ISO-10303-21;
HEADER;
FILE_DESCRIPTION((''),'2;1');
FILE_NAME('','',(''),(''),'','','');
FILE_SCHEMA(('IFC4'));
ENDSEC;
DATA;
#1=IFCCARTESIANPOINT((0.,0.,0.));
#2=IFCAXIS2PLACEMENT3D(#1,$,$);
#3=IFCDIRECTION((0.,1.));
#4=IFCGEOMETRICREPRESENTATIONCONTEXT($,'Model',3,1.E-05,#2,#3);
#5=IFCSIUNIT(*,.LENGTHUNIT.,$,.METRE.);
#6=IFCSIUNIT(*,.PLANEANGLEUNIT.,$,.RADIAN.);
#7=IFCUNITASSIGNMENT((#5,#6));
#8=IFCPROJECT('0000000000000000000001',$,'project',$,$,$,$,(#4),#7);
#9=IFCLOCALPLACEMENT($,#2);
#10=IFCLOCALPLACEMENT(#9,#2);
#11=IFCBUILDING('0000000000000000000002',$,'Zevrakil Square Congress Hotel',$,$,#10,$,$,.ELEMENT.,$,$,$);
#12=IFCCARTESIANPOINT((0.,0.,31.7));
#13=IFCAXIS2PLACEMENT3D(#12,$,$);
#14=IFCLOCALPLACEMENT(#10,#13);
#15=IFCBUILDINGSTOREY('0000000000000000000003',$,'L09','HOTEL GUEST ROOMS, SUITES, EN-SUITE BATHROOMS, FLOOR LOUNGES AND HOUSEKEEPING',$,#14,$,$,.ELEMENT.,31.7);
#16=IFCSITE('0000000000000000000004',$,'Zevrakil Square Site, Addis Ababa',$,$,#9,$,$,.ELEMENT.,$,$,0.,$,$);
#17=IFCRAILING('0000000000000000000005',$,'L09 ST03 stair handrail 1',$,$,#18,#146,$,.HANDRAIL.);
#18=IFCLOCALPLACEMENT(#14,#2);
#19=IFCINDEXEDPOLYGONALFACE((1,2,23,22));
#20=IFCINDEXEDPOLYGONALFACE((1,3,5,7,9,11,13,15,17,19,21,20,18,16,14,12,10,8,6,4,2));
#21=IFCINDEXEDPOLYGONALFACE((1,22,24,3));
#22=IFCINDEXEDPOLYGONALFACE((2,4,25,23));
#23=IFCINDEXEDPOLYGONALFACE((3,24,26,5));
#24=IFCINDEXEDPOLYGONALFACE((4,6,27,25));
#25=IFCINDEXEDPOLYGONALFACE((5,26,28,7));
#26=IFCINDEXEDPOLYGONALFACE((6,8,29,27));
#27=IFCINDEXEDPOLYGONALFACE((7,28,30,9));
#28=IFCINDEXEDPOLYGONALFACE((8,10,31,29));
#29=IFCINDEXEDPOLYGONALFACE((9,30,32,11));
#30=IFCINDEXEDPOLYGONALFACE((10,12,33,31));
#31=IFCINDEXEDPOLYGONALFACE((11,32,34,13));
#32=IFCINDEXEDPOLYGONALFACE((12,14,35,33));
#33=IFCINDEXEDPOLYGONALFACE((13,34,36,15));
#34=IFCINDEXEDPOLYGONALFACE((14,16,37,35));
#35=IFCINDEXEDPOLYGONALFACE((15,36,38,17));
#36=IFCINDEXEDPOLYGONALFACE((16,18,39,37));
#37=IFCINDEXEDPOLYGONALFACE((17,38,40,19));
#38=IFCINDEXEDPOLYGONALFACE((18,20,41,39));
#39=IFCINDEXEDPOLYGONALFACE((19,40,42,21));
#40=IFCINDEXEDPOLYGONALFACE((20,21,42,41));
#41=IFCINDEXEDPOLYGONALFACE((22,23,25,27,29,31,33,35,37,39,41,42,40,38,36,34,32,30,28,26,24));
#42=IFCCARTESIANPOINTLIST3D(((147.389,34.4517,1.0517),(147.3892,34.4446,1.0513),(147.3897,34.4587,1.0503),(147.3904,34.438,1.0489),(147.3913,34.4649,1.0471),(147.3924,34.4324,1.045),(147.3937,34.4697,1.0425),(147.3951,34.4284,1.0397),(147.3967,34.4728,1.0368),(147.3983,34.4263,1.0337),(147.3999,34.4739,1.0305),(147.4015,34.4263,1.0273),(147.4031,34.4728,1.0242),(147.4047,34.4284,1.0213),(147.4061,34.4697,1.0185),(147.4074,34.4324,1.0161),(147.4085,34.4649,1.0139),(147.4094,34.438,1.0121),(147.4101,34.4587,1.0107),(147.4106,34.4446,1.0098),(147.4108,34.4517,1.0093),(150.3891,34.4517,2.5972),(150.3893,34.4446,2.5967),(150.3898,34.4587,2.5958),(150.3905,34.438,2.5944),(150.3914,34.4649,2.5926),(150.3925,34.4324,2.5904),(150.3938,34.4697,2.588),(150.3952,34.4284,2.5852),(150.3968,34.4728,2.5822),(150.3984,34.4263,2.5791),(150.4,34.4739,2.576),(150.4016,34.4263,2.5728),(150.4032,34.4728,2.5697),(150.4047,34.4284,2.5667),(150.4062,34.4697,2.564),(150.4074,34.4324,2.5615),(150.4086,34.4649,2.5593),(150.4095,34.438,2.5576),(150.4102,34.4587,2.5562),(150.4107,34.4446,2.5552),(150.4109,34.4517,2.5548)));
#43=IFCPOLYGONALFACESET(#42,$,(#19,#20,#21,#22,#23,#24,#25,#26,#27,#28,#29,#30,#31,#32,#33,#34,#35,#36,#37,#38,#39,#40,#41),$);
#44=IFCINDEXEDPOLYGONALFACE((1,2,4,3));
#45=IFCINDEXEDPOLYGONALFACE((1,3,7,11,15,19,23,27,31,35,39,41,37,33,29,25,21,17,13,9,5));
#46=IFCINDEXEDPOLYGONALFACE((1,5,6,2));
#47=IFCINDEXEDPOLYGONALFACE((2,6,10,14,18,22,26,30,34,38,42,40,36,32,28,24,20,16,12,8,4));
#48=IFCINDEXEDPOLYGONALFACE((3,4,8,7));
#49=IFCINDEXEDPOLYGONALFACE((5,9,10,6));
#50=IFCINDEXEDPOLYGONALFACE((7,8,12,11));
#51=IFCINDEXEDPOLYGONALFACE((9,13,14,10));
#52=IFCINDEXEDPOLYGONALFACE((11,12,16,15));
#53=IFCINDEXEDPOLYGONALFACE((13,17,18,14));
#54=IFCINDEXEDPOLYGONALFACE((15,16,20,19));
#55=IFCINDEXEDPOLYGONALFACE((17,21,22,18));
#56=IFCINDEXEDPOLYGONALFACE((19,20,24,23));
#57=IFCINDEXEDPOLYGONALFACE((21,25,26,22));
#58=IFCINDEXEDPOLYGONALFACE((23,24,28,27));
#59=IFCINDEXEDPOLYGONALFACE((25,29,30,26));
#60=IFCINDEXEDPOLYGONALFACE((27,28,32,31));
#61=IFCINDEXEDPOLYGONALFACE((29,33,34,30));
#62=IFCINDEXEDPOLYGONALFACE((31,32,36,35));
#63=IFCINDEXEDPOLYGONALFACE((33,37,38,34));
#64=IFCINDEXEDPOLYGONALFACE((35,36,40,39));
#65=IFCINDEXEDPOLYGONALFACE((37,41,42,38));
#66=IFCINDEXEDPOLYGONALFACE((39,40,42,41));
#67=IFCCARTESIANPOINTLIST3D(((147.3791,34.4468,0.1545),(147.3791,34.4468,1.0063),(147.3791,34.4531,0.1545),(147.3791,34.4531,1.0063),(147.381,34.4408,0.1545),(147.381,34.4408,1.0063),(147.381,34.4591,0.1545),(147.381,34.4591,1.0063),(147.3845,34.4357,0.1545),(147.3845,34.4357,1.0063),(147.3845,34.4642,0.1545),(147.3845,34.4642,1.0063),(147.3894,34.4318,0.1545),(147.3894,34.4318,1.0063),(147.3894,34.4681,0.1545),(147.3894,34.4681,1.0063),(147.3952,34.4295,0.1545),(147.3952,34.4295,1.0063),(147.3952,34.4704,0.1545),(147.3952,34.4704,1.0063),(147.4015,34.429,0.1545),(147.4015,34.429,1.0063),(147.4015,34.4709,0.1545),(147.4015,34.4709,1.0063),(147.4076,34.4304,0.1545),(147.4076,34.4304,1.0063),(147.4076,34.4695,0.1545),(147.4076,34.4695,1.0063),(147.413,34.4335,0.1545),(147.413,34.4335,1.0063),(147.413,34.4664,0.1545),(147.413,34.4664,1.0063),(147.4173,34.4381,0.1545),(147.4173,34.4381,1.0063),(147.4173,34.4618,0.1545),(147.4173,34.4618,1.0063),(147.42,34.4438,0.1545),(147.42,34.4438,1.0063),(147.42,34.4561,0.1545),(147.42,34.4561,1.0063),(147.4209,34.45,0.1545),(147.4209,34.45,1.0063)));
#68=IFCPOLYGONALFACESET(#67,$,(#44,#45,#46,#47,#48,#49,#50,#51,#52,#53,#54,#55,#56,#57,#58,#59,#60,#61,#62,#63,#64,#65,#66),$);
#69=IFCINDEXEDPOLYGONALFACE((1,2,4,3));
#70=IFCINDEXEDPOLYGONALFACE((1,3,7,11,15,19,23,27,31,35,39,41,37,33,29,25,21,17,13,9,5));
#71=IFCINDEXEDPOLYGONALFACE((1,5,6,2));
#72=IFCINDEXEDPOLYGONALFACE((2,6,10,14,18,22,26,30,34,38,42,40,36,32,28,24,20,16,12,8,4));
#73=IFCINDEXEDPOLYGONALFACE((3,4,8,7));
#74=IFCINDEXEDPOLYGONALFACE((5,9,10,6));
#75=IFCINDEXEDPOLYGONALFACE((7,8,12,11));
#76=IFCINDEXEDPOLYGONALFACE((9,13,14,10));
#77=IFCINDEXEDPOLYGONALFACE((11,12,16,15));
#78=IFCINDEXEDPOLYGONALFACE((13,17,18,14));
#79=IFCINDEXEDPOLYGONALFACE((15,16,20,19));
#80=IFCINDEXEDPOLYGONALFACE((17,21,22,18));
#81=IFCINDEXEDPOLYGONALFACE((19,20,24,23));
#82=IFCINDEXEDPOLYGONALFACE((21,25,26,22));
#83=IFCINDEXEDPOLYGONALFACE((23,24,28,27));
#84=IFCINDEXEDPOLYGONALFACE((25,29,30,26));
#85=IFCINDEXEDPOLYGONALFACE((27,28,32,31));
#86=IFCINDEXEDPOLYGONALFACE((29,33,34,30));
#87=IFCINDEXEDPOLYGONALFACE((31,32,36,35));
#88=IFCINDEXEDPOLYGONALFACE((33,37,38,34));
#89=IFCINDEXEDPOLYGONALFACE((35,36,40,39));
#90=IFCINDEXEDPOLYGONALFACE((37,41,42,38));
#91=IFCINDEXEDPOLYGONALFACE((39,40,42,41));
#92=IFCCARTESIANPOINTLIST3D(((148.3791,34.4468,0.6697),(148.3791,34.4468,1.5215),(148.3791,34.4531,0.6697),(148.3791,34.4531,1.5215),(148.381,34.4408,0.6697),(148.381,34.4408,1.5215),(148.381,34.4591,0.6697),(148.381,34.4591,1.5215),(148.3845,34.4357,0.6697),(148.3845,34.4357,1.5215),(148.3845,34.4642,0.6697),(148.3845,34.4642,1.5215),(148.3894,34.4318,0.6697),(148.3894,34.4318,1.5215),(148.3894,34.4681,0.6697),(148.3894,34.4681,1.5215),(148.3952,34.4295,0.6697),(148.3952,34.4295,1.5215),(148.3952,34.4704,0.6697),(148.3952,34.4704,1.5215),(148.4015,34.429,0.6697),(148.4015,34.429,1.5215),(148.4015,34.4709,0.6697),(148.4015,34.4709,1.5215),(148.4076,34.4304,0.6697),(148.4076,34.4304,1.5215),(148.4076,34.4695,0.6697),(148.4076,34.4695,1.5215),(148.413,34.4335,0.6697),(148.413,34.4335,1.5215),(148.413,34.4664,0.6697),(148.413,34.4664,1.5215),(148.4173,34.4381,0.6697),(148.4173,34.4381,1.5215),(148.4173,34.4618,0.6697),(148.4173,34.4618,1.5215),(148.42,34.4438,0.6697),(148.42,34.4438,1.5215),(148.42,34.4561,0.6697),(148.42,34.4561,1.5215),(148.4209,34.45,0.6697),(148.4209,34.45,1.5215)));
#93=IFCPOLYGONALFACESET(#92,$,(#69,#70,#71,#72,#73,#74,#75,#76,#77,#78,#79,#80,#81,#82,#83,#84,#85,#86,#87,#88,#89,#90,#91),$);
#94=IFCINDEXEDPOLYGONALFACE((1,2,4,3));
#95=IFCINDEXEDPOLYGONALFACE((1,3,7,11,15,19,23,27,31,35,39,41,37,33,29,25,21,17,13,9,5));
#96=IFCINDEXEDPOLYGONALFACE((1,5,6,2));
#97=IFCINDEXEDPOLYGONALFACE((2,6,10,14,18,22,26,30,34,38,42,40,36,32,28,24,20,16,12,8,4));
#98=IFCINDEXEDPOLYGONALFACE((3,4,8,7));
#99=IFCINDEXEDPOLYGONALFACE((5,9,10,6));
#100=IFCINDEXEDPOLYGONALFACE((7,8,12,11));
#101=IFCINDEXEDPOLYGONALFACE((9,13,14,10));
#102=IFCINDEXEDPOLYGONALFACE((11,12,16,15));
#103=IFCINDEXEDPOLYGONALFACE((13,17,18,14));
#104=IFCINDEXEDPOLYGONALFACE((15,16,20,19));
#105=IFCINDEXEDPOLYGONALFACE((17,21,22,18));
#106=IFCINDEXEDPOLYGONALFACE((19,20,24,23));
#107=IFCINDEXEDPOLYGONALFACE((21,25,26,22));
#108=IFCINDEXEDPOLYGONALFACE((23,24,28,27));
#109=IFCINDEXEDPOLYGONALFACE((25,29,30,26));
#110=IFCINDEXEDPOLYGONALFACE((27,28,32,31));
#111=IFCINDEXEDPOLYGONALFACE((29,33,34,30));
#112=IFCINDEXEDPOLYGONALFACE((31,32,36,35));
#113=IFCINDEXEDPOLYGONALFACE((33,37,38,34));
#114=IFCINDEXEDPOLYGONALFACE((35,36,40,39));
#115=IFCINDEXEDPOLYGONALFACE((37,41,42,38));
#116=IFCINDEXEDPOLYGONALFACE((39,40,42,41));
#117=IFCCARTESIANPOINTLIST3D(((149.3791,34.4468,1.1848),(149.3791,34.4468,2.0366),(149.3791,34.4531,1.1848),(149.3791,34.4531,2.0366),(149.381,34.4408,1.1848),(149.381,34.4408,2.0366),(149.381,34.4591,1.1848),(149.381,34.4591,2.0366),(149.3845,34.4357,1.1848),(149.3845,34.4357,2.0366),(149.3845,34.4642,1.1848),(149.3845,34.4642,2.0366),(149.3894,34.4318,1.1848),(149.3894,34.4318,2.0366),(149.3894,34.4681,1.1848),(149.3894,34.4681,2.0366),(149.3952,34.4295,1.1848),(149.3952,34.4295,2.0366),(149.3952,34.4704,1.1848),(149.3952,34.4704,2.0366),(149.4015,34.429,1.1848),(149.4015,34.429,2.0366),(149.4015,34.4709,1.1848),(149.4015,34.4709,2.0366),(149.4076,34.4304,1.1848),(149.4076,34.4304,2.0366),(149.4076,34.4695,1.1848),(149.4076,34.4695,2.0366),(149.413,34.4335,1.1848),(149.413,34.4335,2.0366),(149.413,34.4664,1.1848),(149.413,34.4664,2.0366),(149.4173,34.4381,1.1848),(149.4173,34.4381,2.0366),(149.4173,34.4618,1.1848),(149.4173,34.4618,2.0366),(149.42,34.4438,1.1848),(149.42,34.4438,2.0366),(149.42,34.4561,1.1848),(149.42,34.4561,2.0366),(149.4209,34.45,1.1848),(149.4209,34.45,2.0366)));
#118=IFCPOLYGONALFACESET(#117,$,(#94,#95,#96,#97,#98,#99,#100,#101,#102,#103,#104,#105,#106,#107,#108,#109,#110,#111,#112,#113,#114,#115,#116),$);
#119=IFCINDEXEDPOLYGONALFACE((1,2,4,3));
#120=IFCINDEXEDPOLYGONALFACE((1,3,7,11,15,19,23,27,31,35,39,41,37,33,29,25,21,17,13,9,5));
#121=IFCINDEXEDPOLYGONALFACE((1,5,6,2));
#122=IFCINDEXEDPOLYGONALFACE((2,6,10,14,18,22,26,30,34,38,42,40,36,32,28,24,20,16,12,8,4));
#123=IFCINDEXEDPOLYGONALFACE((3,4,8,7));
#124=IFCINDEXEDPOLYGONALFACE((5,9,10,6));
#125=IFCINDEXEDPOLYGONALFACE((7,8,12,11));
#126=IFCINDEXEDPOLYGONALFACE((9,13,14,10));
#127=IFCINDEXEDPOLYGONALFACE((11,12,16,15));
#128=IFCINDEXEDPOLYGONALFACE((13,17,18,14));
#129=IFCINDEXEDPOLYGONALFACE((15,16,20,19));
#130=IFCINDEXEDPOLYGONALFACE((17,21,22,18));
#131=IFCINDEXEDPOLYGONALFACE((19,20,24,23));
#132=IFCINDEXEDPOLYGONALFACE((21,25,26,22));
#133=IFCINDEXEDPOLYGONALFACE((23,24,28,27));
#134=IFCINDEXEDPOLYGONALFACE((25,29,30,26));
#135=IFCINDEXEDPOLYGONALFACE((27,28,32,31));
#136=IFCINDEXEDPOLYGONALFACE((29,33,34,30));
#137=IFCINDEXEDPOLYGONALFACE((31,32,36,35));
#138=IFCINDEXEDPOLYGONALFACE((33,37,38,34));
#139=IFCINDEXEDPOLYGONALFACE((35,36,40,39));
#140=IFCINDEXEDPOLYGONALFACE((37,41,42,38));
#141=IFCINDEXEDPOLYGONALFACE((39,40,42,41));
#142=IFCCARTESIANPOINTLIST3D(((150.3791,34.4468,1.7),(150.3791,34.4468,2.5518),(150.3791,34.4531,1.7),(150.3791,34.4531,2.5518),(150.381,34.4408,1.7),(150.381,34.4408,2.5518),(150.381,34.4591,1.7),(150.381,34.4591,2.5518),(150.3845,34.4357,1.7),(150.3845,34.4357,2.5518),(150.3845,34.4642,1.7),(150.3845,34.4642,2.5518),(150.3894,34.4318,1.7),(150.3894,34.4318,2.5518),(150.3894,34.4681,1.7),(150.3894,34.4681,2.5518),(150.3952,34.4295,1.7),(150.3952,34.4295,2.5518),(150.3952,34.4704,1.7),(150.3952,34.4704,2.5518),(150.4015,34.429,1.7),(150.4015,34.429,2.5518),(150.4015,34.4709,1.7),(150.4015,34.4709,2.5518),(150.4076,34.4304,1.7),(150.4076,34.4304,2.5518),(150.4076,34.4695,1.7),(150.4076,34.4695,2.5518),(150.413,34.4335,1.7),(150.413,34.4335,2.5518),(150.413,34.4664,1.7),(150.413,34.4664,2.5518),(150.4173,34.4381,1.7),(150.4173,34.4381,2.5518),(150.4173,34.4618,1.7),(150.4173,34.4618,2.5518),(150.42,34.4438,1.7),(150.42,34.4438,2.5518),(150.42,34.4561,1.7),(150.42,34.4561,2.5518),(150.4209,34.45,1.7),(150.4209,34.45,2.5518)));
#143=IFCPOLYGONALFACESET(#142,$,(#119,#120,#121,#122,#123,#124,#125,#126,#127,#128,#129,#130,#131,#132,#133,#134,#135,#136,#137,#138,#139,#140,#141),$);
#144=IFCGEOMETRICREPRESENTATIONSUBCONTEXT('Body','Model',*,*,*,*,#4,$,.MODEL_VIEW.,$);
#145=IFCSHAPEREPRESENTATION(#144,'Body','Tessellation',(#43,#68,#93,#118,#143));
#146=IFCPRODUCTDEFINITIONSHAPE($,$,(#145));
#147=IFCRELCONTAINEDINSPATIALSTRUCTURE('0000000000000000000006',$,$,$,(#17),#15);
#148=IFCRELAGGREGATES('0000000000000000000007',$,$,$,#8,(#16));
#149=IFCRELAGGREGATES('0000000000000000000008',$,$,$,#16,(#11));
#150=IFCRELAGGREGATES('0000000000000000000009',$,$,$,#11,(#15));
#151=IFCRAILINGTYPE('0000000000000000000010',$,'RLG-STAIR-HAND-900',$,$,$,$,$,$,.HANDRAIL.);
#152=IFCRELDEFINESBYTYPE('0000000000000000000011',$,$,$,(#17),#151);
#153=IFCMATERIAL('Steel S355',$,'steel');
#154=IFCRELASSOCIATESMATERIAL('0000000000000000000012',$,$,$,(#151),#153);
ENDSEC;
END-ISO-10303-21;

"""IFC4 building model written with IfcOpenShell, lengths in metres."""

from ifc_helpers import new_model, si_unit, direction, frame, origin, origin_2d, place, context, subcontext, project, spatial, circle, extrude, material, type_object, element, save


model = new_model("IFC4")

# Units and contexts
model_context = context("Model", 3, precision=1e-05, world=origin(), true_north=direction((0.0, 1.0)))
body_context = subcontext(model_context, "Body", "Model", "MODEL_VIEW")
ifc_project = project(units=[si_unit("LENGTHUNIT", "METRE"), si_unit("PLANEANGLEUNIT", "RADIAN")], contexts=[model_context])

# Site, building, storey
site_placement = place(None, origin())
site = spatial("IfcSite", under=ifc_project, at=site_placement, Name="Zevrakil Square Site, Addis Ababa", CompositionType="ELEMENT", RefElevation=0.0)
building_placement = place(site_placement, origin())
building = spatial("IfcBuilding", under=site, at=building_placement, Name="Zevrakil Square Congress Hotel", CompositionType="ELEMENT")
storey_placement = place(building_placement, frame((0.0, 0.0, 31.7)))
storey = spatial("IfcBuildingStorey", under=building, at=storey_placement, Name="L09", Description="HOTEL GUEST ROOMS, SUITES, EN-SUITE BATHROOMS, FLOOR LOUNGES AND HOUSEKEEPING", CompositionType="ELEMENT", Elevation=31.7)

# Railing
ifc_material_1 = material(Name="Steel S355", Category="steel")
railing_type_1 = type_object("IfcRailingType", Name="RLG-STAIR-HAND-900", PredefinedType="HANDRAIL", material=ifc_material_1)
railing_1_placement = place(storey_placement, frame((147.3999, 34.45, 0.1545)))
element("IfcRailing", 1, at=railing_1_placement, inside=storey, type_object=railing_type_1, Name="L09 ST03 stair handrail 1", PredefinedType="HANDRAIL", context=body_context, shape_type="SweptSolid", body=[
    extrude(circle(Radius=0.0239, at=origin_2d()), frame((0.0, 0.0, 0.876), z_axis=(0.88898, 0.0, 0.457946), x_axis=(0.0, 1.0, 0.0)), (0.0, 0.0, 1.0), 3.3748),
    extrude(circle(Radius=0.021, at=origin_2d()), origin(), (0.0, 0.0, 1.0), 0.8518),
    extrude(circle(Radius=0.021, at=origin_2d()), frame((1.0, 0.0, 0.5151)), (0.0, 0.0, 1.0), 0.8518),
    extrude(circle(Radius=0.021, at=origin_2d()), frame((2.0, 0.0, 1.0303)), (0.0, 0.0, 1.0), 0.8518),
    extrude(circle(Radius=0.021, at=origin_2d()), frame((3.0, 0.0, 1.5454)), (0.0, 0.0, 1.0), 0.8518),
])

save(model, "model.ifc")
